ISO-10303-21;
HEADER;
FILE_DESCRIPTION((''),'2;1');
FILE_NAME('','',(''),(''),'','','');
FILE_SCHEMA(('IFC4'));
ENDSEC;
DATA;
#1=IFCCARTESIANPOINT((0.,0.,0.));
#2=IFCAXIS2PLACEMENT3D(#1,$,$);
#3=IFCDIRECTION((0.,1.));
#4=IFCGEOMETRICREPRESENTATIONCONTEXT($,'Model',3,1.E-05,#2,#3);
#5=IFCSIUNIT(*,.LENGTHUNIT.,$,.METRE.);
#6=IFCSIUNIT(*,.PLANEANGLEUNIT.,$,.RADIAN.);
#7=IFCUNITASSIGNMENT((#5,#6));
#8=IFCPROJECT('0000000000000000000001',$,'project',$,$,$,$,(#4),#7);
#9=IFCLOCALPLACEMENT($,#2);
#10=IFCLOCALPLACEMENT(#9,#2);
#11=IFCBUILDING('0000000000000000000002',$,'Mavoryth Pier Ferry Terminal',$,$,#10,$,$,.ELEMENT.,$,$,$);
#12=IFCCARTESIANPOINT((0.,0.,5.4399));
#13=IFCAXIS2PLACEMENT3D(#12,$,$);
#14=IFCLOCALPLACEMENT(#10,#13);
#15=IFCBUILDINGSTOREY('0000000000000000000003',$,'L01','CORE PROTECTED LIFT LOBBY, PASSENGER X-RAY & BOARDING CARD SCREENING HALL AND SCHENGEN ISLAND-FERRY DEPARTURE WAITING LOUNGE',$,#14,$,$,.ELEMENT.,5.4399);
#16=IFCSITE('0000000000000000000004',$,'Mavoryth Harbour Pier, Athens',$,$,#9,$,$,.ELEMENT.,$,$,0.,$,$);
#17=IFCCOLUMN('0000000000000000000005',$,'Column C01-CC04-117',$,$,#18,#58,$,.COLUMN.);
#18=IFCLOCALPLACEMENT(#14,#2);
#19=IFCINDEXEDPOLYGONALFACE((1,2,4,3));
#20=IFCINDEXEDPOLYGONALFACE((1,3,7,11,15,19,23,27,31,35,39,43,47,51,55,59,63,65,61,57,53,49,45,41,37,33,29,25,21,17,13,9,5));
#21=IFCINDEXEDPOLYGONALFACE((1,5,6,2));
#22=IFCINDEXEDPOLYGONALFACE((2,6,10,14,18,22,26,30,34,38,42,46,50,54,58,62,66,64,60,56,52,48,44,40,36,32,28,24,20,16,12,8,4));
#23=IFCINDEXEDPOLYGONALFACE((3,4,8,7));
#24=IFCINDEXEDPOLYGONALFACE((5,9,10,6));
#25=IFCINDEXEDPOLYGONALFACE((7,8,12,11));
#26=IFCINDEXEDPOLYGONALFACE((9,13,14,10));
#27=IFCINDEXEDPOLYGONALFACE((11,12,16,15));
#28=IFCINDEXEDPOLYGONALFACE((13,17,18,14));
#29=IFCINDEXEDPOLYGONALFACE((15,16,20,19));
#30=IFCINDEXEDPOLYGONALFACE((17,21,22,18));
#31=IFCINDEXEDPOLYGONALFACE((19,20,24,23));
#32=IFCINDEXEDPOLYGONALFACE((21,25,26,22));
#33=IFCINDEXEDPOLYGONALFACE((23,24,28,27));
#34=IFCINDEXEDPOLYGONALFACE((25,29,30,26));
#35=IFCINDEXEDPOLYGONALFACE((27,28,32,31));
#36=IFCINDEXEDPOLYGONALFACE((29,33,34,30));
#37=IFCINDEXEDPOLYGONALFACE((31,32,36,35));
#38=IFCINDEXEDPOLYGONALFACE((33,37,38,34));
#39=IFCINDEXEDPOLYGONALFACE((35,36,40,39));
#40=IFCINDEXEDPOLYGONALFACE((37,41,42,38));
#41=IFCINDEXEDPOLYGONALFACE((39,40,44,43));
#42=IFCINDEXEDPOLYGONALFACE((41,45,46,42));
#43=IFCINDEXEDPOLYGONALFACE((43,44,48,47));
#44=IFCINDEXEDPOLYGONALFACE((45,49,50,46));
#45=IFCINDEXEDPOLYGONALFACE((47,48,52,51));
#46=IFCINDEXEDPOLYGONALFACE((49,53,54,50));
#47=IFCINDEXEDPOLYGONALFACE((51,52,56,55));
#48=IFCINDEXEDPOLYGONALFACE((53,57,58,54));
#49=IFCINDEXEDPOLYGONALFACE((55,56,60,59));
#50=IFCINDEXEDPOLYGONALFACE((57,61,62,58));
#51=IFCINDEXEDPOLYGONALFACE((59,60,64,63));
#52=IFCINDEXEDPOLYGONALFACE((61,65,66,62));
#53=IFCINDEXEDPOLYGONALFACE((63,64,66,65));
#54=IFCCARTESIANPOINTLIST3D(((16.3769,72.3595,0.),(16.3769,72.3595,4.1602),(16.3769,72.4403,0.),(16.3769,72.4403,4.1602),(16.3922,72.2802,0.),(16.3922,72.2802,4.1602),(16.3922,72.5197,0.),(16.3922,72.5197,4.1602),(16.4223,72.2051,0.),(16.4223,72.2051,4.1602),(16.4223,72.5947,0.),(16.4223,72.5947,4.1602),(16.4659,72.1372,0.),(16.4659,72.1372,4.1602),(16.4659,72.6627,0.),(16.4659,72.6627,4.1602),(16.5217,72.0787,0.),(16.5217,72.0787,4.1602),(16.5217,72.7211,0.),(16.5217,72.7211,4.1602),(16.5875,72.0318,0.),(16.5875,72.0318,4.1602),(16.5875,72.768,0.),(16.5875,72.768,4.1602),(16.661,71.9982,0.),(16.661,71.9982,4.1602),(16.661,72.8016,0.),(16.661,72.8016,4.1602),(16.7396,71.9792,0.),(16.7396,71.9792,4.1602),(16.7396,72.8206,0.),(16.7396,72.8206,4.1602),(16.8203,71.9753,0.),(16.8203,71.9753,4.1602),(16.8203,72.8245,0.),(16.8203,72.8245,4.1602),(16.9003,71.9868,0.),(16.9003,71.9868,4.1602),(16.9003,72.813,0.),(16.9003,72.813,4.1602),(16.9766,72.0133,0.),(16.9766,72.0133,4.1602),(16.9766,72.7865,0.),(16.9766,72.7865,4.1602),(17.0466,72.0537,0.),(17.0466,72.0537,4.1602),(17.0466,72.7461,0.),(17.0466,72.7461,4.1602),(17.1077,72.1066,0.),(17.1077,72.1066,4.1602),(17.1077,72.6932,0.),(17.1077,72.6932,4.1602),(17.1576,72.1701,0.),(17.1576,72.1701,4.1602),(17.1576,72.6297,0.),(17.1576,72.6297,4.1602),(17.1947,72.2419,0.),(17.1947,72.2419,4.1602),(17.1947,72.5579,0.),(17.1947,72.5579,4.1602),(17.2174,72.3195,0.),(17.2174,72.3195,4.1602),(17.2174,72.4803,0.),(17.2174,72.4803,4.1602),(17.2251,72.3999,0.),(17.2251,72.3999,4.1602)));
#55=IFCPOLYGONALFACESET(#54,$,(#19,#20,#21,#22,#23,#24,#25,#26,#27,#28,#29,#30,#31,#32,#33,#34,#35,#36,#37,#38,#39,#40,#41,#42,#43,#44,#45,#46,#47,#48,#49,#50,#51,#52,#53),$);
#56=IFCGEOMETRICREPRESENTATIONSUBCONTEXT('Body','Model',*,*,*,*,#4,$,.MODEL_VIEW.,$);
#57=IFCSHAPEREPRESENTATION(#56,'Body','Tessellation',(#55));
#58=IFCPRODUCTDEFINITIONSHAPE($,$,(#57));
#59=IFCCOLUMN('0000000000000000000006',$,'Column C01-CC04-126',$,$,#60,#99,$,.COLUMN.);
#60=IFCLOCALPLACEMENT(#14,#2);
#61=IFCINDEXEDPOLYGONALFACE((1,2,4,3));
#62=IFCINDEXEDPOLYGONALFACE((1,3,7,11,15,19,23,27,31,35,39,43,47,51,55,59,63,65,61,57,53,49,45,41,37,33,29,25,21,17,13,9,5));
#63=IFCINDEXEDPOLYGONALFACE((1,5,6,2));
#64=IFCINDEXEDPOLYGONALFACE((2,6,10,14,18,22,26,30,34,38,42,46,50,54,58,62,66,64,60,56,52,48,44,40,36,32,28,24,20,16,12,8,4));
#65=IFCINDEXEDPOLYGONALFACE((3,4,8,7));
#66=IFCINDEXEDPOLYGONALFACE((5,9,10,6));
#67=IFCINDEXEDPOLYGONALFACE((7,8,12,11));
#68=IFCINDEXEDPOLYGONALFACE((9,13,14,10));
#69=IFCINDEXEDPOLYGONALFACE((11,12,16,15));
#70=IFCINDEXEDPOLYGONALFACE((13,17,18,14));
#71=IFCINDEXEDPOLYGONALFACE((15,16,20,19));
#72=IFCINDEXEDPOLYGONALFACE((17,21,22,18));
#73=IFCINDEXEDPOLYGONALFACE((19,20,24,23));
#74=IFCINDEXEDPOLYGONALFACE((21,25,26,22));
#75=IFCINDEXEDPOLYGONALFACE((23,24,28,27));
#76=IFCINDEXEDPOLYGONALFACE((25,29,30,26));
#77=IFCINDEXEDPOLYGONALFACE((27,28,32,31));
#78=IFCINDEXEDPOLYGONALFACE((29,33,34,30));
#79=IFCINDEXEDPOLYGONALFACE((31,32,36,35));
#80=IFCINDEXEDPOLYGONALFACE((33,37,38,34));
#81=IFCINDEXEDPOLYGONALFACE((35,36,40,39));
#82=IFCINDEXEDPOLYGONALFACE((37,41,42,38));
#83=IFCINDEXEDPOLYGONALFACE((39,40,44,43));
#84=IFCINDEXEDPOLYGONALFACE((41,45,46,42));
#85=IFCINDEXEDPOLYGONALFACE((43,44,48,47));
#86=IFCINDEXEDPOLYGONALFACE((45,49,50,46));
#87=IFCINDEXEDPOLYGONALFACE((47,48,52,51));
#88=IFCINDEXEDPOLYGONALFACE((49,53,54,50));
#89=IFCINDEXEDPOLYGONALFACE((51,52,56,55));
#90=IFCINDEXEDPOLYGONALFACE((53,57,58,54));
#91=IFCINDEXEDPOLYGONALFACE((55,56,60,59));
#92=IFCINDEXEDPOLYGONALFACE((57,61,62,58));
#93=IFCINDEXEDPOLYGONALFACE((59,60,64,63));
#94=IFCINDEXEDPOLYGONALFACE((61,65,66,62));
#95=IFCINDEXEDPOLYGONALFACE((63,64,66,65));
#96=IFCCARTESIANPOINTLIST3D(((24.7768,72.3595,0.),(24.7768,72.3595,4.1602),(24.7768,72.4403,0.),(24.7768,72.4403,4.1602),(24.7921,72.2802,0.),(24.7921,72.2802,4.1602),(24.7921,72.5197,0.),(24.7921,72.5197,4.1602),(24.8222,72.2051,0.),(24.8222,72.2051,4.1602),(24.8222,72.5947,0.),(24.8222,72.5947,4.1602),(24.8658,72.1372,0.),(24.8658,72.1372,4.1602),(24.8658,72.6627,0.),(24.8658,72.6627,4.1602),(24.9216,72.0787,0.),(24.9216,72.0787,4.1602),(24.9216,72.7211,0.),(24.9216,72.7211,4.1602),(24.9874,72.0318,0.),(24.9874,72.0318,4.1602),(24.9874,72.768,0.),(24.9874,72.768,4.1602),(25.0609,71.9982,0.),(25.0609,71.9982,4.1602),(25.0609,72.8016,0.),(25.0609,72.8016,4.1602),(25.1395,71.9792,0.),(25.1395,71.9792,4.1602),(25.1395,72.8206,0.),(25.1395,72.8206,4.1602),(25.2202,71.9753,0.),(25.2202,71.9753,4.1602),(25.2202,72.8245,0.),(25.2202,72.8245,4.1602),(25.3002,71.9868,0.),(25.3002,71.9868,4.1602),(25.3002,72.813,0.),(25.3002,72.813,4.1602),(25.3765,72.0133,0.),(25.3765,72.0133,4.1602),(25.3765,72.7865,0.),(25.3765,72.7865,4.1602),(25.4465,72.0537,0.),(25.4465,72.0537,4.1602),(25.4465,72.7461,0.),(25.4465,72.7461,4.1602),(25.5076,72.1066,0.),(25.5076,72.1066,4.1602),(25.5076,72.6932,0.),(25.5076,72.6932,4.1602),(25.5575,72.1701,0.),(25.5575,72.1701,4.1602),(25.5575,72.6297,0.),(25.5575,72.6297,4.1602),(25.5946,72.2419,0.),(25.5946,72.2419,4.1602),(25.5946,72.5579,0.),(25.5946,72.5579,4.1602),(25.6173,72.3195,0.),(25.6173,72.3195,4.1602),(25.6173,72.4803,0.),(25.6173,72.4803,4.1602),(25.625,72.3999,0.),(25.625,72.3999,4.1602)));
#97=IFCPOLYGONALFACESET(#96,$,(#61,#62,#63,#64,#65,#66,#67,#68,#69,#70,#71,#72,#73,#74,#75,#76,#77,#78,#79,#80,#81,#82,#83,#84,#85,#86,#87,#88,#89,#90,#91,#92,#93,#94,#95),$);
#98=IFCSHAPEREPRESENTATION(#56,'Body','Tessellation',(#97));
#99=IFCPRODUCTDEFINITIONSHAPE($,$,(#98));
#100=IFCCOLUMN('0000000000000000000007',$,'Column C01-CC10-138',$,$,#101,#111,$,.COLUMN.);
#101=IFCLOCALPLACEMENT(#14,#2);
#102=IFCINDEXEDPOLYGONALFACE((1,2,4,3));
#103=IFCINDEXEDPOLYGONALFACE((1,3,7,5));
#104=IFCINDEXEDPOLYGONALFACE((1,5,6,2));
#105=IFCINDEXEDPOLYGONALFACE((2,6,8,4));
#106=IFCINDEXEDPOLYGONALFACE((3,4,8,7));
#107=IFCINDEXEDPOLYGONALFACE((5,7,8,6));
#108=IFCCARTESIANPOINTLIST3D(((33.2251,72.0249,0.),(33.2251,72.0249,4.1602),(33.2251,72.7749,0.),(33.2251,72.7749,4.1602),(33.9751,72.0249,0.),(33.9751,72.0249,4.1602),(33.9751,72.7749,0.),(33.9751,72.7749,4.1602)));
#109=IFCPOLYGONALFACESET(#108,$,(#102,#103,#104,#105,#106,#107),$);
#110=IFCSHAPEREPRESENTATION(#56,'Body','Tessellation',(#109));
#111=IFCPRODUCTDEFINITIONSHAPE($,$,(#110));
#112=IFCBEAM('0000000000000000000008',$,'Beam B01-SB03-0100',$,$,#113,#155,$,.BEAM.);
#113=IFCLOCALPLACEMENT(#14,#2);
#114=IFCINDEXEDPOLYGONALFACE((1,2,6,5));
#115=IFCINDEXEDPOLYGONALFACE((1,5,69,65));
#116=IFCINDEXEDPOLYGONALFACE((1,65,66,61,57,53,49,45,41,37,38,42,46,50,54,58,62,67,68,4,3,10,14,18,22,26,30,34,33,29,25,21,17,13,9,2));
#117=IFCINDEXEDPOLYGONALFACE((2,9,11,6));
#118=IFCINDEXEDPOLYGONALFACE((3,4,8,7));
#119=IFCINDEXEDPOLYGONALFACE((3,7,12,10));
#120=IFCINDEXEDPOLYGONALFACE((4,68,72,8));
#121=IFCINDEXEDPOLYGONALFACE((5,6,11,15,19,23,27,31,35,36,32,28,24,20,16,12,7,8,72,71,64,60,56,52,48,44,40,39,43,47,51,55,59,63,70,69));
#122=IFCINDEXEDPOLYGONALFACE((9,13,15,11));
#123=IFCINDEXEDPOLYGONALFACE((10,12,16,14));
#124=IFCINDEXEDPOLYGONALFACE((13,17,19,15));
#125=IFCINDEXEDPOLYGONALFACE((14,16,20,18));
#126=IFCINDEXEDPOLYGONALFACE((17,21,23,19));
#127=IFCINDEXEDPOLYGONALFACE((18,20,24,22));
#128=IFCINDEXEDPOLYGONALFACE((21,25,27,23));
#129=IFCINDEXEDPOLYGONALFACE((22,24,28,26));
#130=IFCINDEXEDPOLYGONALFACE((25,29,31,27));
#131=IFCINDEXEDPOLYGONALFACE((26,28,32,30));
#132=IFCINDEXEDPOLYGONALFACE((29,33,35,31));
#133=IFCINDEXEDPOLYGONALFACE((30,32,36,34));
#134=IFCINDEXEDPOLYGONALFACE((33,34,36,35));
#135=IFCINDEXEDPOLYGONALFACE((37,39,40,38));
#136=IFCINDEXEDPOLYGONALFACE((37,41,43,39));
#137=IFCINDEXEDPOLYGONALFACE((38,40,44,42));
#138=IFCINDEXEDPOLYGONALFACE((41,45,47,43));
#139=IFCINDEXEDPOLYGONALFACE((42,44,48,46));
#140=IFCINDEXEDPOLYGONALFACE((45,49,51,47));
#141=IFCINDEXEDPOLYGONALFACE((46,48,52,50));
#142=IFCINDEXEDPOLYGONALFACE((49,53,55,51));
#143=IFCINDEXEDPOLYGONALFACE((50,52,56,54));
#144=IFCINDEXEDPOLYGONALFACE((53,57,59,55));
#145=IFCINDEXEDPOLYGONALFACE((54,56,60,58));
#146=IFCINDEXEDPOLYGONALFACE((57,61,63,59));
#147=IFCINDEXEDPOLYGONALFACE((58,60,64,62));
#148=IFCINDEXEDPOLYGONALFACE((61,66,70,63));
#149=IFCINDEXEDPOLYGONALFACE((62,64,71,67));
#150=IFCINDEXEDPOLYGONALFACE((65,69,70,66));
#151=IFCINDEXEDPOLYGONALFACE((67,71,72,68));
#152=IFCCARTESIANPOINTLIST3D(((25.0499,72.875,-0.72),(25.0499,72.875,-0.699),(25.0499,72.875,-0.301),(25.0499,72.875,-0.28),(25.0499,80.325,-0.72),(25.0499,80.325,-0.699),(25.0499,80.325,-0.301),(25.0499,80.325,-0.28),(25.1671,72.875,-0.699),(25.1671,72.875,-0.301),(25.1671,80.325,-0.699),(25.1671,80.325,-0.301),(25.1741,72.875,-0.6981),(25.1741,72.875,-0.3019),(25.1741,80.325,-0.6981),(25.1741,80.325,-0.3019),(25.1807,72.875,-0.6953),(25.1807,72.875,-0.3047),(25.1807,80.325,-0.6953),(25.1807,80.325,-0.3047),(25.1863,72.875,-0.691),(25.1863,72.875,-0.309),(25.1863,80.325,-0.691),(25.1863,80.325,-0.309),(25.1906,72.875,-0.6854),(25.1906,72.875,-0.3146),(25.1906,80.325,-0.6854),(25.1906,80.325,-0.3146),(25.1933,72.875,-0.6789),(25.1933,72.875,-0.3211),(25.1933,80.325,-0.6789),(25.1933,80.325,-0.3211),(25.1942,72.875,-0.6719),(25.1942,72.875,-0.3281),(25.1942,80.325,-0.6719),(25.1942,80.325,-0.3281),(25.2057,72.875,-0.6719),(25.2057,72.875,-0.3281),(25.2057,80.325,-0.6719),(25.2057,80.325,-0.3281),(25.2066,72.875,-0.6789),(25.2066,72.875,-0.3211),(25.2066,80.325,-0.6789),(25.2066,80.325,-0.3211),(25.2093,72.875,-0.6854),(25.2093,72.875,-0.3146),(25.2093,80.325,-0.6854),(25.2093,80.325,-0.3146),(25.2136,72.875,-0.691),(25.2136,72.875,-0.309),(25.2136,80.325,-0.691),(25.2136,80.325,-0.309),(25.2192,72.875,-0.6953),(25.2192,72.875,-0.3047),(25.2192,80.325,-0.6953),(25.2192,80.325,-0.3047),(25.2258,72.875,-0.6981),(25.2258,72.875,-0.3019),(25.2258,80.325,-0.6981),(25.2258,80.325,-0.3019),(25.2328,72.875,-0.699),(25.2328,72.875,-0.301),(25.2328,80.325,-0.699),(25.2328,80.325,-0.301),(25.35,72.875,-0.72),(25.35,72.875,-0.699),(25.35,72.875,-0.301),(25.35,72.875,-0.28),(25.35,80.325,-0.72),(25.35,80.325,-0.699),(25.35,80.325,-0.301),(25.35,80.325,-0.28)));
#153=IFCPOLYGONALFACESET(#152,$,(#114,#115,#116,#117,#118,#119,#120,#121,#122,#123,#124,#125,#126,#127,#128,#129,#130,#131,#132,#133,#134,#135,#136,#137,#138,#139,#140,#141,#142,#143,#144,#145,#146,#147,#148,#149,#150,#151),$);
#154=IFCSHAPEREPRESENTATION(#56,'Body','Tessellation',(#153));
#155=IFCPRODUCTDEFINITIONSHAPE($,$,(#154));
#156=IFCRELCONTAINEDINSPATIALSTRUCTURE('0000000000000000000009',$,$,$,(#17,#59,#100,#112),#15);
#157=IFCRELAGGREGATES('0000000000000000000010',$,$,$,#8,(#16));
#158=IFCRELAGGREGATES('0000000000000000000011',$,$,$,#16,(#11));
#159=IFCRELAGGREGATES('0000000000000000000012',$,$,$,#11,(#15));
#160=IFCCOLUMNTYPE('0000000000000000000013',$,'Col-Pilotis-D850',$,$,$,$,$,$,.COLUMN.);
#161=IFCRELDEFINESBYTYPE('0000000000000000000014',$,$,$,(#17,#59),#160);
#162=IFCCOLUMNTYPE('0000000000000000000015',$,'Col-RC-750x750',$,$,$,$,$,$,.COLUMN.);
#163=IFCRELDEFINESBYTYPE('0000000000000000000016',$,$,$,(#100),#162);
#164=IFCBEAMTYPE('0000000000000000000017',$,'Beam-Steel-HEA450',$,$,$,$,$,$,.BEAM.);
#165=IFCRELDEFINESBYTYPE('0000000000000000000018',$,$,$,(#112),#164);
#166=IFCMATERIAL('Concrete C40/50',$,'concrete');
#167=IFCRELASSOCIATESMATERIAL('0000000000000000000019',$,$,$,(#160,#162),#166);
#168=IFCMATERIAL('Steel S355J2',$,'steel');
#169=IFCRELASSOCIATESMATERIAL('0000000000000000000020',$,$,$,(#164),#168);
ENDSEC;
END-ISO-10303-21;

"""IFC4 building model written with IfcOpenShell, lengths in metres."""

from ifc_helpers import new_model, si_unit, direction, frame, origin, origin_2d, place, context, subcontext, project, spatial, rectangle, circle, i_section, extrude, material, material_profile, profile_set, type_object, element, save


model = new_model("IFC4")

# Units and contexts
model_context = context("Model", 3, precision=1e-05, world=origin(), true_north=direction((0.0, 1.0)))
body_context = subcontext(model_context, "Body", "Model", "MODEL_VIEW")
ifc_project = project(units=[si_unit("LENGTHUNIT", "METRE"), si_unit("PLANEANGLEUNIT", "RADIAN")], contexts=[model_context])

# Site, building, storey
site_placement = place(None, origin())
site = spatial("IfcSite", under=ifc_project, at=site_placement, Name="Mavoryth Harbour Pier, Athens", CompositionType="ELEMENT", RefElevation=0.0)
building_placement = place(site_placement, origin())
building = spatial("IfcBuilding", under=site, at=building_placement, Name="Mavoryth Pier Ferry Terminal", CompositionType="ELEMENT")
storey_placement = place(building_placement, frame((0.0, 0.0, 5.4399)))
storey = spatial("IfcBuildingStorey", under=building, at=storey_placement, Name="L01", Description="CORE PROTECTED LIFT LOBBY, PASSENGER X-RAY & BOARDING CARD SCREENING HALL AND SCHENGEN ISLAND-FERRY DEPARTURE WAITING LOUNGE", CompositionType="ELEMENT", Elevation=5.4399)

# Columns
ifc_material_1 = material(Name="Concrete C40/50", Category="concrete")
ifc_material_profile_1 = material_profile(ifc_material_1, circle(Radius=0.425, at=origin_2d()), Name="RC D850", Category="concrete")
ifc_profile_set_1 = profile_set([ifc_material_profile_1], Name="Concrete C40/50 - RC D850")
column_type_1 = type_object("IfcColumnType", Name="Col-Pilotis-D850", PredefinedType="COLUMN", material=ifc_profile_set_1)
for number, where, z_axis, x_axis, name in (
    (1, (16.8, 72.3999, 0.0), (0.0, 0.0, 1.0), (1.0, 0.0, 0.0), "Column C01-CC04-117"),
    (2, (25.2, 72.3999, 0.0), (0.0, 0.0, 1.0), (1.0, 0.0, 0.0), "Column C01-CC04-126"),
):
    element("IfcColumn", number, at=place(storey_placement, frame(where, z_axis=z_axis, x_axis=x_axis)), inside=storey, type_object=column_type_1, Name=name, PredefinedType="COLUMN", context=body_context, shape_type="SweptSolid", body=[
        extrude(circle(Radius=0.425, at=origin_2d()), origin(), (0.0, 0.0, 1.0), 4.1602),
    ])
ifc_material_profile_2 = material_profile(ifc_material_1, rectangle(XDim=0.75, YDim=0.75, at=origin_2d()), Name="RC 750x750", Category="concrete")
ifc_profile_set_2 = profile_set([ifc_material_profile_2], Name="Concrete C40/50 - RC 750x750")
column_type_2 = type_object("IfcColumnType", Name="Col-RC-750x750", PredefinedType="COLUMN", material=ifc_profile_set_2)
column_placement = place(storey_placement, frame((33.6001, 72.3999, 0.0), z_axis=(0.0, 0.0, 1.0), x_axis=(1.0, 0.0, 0.0)))
element("IfcColumn", 3, at=column_placement, inside=storey, type_object=column_type_2, Name="Column C01-CC10-138", PredefinedType="COLUMN", context=body_context, shape_type="SweptSolid", body=[
    extrude(rectangle(XDim=0.75, YDim=0.75, at=origin_2d()), origin(), (0.0, 0.0, 1.0), 4.1602),
])

# Beam
ifc_material_2 = material(Name="Steel S355J2", Category="steel")
ifc_material_profile_3 = material_profile(ifc_material_2, i_section(OverallWidth=0.3, OverallDepth=0.4399, WebThickness=0.0115, FlangeThickness=0.021, FilletRadius=0.0271, at=origin_2d()), Name="HEA 450", Category="steel")
ifc_profile_set_3 = profile_set([ifc_material_profile_3], Name="Steel S355J2 - HEA 450")
beam_type_1 = type_object("IfcBeamType", Name="Beam-Steel-HEA450", PredefinedType="BEAM", material=ifc_profile_set_3)
beam_1_placement = place(storey_placement, frame((25.2, 72.875, -0.5), z_axis=(0.0, 1.0, 0.0), x_axis=(-1.0, 0.0, 0.0)))
element("IfcBeam", 4, at=beam_1_placement, inside=storey, type_object=beam_type_1, Name="Beam B01-SB03-0100", PredefinedType="BEAM", context=body_context, shape_type="SweptSolid", body=[
    extrude(i_section(OverallWidth=0.3, OverallDepth=0.4399, WebThickness=0.0115, FlangeThickness=0.021, FilletRadius=0.0271, at=origin_2d()), origin(), (0.0, 0.0, 1.0), 7.45),
])

save(model, "model.ifc")
